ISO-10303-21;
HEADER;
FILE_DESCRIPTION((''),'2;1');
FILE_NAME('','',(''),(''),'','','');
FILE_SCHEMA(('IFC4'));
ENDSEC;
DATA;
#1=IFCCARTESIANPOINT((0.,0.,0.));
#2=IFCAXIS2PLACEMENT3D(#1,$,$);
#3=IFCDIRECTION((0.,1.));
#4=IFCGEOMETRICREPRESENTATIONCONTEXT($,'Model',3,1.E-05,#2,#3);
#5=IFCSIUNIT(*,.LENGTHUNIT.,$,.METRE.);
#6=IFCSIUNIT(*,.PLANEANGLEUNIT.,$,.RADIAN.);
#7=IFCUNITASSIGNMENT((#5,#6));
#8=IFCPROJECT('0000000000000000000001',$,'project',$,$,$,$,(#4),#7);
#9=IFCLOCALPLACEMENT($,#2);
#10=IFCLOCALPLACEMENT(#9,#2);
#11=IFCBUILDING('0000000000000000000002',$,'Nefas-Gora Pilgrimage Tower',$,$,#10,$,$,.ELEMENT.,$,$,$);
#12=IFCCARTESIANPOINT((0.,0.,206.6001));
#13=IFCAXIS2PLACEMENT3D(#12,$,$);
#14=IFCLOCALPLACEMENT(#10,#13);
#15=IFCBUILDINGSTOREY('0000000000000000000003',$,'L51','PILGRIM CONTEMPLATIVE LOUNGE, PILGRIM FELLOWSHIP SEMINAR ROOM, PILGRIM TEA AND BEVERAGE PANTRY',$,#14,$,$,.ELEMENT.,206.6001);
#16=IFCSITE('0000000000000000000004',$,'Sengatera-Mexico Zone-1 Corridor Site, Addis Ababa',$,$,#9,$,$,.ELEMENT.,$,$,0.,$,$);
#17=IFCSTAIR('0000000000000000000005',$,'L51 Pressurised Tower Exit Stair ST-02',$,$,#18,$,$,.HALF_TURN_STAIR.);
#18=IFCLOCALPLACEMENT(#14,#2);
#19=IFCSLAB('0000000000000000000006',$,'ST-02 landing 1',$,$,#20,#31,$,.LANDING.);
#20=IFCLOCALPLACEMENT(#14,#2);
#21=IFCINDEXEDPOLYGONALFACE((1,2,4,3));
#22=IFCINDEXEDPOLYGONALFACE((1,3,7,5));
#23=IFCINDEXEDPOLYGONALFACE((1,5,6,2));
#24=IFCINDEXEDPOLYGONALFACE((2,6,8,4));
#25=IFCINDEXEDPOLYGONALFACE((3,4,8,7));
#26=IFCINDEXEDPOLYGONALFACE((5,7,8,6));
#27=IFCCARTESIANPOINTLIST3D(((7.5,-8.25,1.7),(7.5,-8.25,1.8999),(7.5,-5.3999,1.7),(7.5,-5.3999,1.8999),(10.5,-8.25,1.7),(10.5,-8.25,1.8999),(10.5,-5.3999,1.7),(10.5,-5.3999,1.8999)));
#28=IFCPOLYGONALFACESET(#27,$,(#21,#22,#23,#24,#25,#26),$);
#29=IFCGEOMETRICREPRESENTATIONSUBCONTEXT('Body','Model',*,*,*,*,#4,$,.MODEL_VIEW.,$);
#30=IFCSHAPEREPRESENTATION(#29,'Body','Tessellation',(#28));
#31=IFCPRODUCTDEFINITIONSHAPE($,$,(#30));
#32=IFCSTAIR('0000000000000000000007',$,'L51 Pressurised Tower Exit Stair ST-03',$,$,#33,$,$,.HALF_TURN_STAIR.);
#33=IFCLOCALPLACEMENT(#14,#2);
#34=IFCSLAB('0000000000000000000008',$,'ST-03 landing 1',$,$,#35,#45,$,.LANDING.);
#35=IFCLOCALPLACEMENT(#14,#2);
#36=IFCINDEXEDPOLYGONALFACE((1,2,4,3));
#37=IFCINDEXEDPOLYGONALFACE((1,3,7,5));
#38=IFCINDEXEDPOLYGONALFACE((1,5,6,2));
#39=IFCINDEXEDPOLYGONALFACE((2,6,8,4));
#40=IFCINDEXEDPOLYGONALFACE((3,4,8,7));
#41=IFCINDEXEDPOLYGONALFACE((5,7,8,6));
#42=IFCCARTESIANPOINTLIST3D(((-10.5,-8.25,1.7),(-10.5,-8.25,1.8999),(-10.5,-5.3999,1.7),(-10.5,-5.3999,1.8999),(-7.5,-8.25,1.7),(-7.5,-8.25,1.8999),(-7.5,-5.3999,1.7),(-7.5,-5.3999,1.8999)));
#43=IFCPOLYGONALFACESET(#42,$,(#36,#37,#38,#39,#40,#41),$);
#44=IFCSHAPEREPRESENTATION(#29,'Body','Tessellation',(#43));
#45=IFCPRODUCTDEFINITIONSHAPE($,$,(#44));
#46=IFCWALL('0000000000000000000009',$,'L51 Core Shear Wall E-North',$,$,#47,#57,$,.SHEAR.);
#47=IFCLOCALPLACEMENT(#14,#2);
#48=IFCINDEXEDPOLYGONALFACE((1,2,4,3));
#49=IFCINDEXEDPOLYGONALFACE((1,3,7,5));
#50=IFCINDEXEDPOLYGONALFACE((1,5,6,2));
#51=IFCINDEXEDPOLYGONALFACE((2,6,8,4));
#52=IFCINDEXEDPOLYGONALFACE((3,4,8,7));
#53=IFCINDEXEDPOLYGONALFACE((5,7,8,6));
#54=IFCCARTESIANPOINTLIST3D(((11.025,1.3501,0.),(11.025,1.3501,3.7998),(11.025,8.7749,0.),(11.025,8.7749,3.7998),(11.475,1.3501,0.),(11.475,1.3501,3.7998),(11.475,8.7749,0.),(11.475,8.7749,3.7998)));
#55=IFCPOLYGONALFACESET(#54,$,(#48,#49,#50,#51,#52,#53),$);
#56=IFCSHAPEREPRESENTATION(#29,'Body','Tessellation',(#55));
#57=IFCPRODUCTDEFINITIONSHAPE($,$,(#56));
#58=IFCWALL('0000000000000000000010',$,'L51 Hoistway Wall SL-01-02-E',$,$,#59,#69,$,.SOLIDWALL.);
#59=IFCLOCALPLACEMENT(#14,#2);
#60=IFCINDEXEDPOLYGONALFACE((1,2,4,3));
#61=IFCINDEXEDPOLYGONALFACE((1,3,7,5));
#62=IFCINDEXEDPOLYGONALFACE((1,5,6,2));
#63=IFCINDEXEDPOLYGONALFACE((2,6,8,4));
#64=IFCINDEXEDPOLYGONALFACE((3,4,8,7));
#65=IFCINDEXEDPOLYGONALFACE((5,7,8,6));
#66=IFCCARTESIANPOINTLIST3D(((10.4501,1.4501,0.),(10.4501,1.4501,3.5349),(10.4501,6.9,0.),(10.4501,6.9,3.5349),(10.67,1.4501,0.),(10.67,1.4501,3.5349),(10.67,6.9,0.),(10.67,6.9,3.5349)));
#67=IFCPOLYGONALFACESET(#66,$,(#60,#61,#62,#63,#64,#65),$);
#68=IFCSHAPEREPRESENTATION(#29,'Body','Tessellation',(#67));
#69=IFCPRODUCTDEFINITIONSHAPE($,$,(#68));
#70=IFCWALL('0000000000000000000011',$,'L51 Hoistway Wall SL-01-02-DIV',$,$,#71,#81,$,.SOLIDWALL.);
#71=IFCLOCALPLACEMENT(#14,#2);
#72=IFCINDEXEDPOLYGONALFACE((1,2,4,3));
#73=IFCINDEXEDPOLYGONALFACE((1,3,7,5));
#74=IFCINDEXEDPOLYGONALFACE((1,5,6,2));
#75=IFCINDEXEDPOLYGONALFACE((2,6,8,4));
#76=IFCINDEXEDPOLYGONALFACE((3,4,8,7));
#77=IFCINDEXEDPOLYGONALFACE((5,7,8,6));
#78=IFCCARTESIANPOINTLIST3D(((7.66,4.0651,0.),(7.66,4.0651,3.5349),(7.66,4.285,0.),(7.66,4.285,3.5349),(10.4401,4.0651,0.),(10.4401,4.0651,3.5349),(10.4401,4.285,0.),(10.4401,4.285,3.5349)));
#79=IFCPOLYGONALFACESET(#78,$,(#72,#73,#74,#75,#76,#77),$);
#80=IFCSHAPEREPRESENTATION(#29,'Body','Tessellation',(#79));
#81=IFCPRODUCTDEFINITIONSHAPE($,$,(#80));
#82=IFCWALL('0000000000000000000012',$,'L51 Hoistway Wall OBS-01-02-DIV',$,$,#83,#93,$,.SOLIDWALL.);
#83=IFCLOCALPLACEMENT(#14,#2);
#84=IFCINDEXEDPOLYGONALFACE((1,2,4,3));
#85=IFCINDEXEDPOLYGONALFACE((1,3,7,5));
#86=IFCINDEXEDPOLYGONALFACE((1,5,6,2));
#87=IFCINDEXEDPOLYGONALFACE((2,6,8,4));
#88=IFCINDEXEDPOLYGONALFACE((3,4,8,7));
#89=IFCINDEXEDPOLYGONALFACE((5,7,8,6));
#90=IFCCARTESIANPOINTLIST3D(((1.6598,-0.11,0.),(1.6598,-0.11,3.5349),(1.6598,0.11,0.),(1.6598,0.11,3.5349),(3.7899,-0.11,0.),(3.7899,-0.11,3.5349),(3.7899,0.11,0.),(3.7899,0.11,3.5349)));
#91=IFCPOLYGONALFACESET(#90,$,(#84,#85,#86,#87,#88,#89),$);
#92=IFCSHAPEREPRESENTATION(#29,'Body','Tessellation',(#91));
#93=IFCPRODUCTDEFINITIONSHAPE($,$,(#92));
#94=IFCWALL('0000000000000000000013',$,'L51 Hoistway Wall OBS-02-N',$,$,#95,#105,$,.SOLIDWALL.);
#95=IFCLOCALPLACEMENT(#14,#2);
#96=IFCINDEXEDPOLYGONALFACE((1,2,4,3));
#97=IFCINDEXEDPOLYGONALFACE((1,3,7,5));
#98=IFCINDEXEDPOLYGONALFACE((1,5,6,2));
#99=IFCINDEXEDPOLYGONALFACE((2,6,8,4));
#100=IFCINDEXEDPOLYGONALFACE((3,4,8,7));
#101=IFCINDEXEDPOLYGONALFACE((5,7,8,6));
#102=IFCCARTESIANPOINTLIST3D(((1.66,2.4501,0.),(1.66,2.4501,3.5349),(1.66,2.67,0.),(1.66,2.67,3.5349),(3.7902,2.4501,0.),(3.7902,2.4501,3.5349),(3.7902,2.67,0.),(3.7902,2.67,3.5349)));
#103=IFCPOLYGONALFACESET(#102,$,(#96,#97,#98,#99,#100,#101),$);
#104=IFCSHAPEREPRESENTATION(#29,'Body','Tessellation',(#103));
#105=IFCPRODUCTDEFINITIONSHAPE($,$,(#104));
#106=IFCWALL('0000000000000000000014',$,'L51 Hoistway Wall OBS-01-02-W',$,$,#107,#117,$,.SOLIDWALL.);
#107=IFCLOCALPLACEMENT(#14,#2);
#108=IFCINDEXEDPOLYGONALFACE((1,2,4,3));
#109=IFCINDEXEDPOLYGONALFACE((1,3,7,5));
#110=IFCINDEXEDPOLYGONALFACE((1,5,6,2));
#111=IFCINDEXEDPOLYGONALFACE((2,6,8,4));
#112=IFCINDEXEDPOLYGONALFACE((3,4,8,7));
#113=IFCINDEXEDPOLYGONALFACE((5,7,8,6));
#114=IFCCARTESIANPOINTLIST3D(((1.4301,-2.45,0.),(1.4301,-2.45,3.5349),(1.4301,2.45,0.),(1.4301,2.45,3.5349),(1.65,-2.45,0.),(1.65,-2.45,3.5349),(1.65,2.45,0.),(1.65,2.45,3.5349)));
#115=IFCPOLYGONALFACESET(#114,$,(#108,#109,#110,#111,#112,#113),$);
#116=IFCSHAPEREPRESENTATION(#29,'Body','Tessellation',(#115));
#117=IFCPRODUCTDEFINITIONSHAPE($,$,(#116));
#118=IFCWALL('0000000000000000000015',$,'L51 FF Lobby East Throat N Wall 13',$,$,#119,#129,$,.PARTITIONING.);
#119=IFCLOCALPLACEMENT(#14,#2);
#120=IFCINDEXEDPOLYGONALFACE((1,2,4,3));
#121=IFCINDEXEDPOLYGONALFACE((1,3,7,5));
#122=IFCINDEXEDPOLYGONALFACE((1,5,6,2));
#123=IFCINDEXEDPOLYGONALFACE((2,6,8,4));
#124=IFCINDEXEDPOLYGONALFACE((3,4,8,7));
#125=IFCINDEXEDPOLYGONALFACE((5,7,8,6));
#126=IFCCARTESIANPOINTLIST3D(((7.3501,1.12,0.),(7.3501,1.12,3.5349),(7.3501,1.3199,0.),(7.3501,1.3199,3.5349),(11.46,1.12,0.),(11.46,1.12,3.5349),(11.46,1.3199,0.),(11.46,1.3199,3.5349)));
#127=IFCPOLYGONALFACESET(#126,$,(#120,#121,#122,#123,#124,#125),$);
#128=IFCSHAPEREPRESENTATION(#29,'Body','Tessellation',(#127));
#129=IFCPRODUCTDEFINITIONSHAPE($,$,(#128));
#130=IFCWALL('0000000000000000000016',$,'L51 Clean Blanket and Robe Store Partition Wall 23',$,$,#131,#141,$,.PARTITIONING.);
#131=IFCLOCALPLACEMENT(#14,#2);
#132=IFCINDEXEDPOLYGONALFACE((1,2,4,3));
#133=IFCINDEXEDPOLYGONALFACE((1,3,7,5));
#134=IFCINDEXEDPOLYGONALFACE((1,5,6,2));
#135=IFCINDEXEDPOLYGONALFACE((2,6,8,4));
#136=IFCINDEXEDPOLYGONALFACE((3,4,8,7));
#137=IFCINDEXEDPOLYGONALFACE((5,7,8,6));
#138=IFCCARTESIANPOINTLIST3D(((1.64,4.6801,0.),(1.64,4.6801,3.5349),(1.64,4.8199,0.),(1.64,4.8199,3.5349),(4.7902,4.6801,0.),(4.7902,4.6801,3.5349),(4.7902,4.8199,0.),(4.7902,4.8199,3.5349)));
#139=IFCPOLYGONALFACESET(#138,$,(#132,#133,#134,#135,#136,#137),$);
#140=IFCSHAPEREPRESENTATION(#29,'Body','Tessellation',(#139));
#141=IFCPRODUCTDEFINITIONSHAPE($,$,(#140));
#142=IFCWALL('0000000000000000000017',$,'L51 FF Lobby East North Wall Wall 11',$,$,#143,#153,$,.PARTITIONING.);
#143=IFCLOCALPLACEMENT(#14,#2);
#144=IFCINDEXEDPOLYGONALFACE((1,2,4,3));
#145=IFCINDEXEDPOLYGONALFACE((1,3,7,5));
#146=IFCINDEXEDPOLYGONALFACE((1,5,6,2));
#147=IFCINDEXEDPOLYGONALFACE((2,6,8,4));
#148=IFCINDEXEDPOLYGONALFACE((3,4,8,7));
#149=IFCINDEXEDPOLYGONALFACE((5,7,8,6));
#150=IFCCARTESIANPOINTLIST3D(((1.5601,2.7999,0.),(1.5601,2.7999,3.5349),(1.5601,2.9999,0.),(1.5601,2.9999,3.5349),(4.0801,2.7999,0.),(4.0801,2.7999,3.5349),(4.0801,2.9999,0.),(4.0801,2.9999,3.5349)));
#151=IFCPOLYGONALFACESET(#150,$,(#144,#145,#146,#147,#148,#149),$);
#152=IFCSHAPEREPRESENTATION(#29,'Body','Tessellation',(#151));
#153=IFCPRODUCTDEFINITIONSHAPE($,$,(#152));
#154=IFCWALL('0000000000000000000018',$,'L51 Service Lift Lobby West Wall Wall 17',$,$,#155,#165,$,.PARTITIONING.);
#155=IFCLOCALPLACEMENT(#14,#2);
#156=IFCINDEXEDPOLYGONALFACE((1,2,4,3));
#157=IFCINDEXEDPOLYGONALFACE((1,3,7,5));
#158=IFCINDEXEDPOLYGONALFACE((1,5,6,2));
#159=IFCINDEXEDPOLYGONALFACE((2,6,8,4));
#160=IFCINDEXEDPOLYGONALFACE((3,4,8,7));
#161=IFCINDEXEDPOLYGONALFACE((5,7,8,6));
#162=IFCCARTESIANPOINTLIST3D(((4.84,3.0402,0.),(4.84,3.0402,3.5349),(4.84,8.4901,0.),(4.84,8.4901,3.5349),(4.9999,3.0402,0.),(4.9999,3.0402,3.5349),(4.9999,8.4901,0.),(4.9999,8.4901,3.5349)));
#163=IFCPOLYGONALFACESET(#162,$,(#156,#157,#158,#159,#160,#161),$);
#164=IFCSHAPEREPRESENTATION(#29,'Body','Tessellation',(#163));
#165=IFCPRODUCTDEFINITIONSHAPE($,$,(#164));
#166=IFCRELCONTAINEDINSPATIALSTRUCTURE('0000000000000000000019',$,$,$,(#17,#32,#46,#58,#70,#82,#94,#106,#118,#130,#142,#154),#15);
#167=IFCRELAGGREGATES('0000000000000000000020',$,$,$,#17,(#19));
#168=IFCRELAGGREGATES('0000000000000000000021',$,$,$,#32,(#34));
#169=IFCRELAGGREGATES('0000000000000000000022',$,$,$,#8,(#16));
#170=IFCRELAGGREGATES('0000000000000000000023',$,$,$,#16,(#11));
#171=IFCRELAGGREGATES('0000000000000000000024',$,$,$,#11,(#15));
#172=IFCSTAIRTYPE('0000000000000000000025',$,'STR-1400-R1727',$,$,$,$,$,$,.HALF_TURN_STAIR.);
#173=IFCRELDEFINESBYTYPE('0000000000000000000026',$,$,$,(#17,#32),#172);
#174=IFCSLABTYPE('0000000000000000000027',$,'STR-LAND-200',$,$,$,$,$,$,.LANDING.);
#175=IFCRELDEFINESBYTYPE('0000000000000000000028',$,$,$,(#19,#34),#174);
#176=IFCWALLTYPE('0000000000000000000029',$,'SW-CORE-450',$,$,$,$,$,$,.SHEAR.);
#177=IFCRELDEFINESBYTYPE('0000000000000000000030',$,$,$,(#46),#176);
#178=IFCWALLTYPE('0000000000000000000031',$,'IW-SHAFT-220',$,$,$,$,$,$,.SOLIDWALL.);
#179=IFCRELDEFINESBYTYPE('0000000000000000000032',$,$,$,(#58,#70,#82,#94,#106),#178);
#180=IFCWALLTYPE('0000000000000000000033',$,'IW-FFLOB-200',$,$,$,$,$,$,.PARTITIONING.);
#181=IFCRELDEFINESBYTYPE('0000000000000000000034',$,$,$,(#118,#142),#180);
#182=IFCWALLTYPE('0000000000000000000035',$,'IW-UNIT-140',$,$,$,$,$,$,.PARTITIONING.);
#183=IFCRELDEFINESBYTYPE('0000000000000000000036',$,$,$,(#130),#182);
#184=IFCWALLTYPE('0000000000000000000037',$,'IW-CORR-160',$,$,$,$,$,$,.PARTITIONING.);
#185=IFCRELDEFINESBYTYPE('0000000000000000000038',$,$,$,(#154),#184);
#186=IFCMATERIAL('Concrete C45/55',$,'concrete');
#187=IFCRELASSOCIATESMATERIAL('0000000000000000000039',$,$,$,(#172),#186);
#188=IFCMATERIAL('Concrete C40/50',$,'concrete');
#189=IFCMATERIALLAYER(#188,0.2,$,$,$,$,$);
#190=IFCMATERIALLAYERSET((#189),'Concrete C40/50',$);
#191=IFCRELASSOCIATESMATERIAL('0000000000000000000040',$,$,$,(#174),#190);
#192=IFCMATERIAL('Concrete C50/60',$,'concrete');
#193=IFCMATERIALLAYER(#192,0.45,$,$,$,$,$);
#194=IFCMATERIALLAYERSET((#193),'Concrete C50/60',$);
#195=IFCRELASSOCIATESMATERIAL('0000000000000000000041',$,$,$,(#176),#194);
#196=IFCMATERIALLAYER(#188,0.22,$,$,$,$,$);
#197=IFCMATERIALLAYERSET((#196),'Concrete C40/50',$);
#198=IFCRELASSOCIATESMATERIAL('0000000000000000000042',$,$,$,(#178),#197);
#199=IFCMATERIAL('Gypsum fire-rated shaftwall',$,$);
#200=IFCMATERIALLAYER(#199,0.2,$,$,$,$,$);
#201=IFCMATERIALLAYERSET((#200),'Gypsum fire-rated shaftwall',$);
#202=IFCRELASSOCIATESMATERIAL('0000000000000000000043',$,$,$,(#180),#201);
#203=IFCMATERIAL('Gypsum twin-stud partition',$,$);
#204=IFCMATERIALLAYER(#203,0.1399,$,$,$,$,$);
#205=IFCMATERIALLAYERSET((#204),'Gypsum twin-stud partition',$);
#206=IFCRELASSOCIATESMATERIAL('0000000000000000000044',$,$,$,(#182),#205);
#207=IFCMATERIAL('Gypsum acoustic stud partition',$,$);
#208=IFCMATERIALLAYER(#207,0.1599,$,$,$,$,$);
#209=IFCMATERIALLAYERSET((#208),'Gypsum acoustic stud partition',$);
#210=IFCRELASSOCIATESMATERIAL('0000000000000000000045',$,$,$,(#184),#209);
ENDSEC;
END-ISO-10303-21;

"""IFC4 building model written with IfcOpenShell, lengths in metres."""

from ifc_helpers import new_model, si_unit, direction, frame, frame_2d, origin, place, context, subcontext, project, spatial, polyline, rectangle, outline, extrude, source, transform, mapped, material, layer, layer_set, type_object, element, aggregate, save


model = new_model("IFC4")

# Units and contexts
model_context = context("Model", 3, precision=1e-05, world=origin(), true_north=direction((0.0, 1.0)))
body_context = subcontext(model_context, "Body", "Model", "MODEL_VIEW")
ifc_project = project(units=[si_unit("LENGTHUNIT", "METRE"), si_unit("PLANEANGLEUNIT", "RADIAN")], contexts=[model_context])

# Site, building, storey
site_placement = place(None, origin())
site = spatial("IfcSite", under=ifc_project, at=site_placement, Name="Sengatera-Mexico Zone-1 Corridor Site, Addis Ababa", CompositionType="ELEMENT", RefElevation=0.0)
building_placement = place(site_placement, origin())
building = spatial("IfcBuilding", under=site, at=building_placement, Name="Nefas-Gora Pilgrimage Tower", CompositionType="ELEMENT")
storey_placement = place(building_placement, frame((0.0, 0.0, 206.6001)))
storey = spatial("IfcBuildingStorey", under=building, at=storey_placement, Name="L51", Description="PILGRIM CONTEMPLATIVE LOUNGE, PILGRIM FELLOWSHIP SEMINAR ROOM, PILGRIM TEA AND BEVERAGE PANTRY", CompositionType="ELEMENT", Elevation=206.6001)

# Stairs, slabs
ifc_material_1 = material(Name="Concrete C45/55", Category="concrete")
stair_type = type_object("IfcStairType", Name="STR-1400-R1727", PredefinedType="HALF_TURN_STAIR", material=ifc_material_1)
stair_1_placement = place(storey_placement, origin())
stair_1 = element("IfcStair", 1, at=stair_1_placement, inside=storey, type_object=stair_type, Name="L51 Pressurised Tower Exit Stair ST-02", PredefinedType="HALF_TURN_STAIR")
ifc_material_2 = material(Name="Concrete C40/50", Category="concrete")
ifc_layer_1 = layer(ifc_material_2, 0.2)
ifc_layer_set_1 = layer_set([ifc_layer_1], Name="Concrete C40/50")
slab_type = type_object("IfcSlabType", Name="STR-LAND-200", PredefinedType="LANDING", material=ifc_layer_set_1)
slab_1_placement = place(storey_placement, frame((0.0, 0.0, 1.7)))
slab_1 = element("IfcSlab", 2, at=slab_1_placement, type_object=slab_type, Name="ST-02 landing 1", PredefinedType="LANDING", context=body_context, shape_type="SweptSolid", body=[
    extrude(outline(polyline([(7.5, -5.3999), (7.5, -8.25), (10.5, -8.25), (10.5, -5.3999), (7.5, -5.3999)])), origin(), (0.0, 0.0, 1.0), 0.2),
])
aggregate(stair_1, [slab_1])
stair_2_placement = place(storey_placement, origin())
stair_2 = element("IfcStair", 3, at=stair_2_placement, inside=storey, type_object=stair_type, Name="L51 Pressurised Tower Exit Stair ST-03", PredefinedType="HALF_TURN_STAIR")
slab_2_placement = place(storey_placement, frame((0.0, 0.0, 1.7)))
slab_2 = element("IfcSlab", 4, at=slab_2_placement, type_object=slab_type, Name="ST-03 landing 1", PredefinedType="LANDING", context=body_context, shape_type="SweptSolid", body=[
    extrude(outline(polyline([(-10.5, -5.3999), (-10.5, -8.25), (-7.5, -8.25), (-7.5, -5.3999), (-10.5, -5.3999)])), origin(), (0.0, 0.0, 1.0), 0.2),
])
aggregate(stair_2, [slab_2])

# Walls
ifc_material_3 = material(Name="Concrete C50/60", Category="concrete")
ifc_layer_2 = layer(ifc_material_3, 0.45)
ifc_layer_set_2 = layer_set([ifc_layer_2], Name="Concrete C50/60")
wall_type_1 = type_object("IfcWallType", Name="SW-CORE-450", PredefinedType="SHEAR", material=ifc_layer_set_2)
shared_shape_1 = source(origin(), body_context, "Body", "SweptSolid", [
    extrude(rectangle(XDim=7.4248, YDim=0.45, at=frame_2d((3.7124, 0.0))), origin(), (0.0, 0.0, 1.0), 3.7998),
])
wall_1_placement = place(storey_placement, frame((11.25, 1.3501, 0.0), z_axis=(0.0, 0.0, 1.0), x_axis=(0.0, 1.0, 0.0)))
element("IfcWall", 5, at=wall_1_placement, inside=storey, type_object=wall_type_1, Name="L51 Core Shear Wall E-North", PredefinedType="SHEAR", context=body_context, shape_type="MappedRepresentation", body=[
    mapped(shared_shape_1, transform((0.0, 0.0, 0.0), x_axis=(1.0, 0.0, 0.0), y_axis=(0.0, 1.0, 0.0), z_axis=(0.0, 0.0, 1.0), scale=1.0)),
])
ifc_layer_3 = layer(ifc_material_2, 0.22)
ifc_layer_set_3 = layer_set([ifc_layer_3], Name="Concrete C40/50")
wall_type_2 = type_object("IfcWallType", Name="IW-SHAFT-220", PredefinedType="SOLIDWALL", material=ifc_layer_set_3)
shared_shape_2 = source(origin(), body_context, "Body", "SweptSolid", [
    extrude(rectangle(XDim=5.45, YDim=0.22, at=frame_2d((2.7251, 0.0))), origin(), (0.0, 0.0, 1.0), 3.5349),
])
wall_2_placement = place(storey_placement, frame((10.5601, 1.45, 0.0), z_axis=(0.0, 0.0, 1.0), x_axis=(0.0, 1.0, 0.0)))
element("IfcWall", 6, at=wall_2_placement, inside=storey, type_object=wall_type_2, Name="L51 Hoistway Wall SL-01-02-E", PredefinedType="SOLIDWALL", context=body_context, shape_type="MappedRepresentation", body=[
    mapped(shared_shape_2, transform((0.0, 0.0, 0.0), x_axis=(1.0, 0.0, 0.0), y_axis=(0.0, 1.0, 0.0), z_axis=(0.0, 0.0, 1.0), scale=1.0)),
])
shared_shape_3 = source(origin(), body_context, "Body", "SweptSolid", [
    extrude(rectangle(XDim=2.78, YDim=0.22, at=frame_2d((1.3901, 0.0))), origin(), (0.0, 0.0, 1.0), 3.5349),
])
wall_3_placement = place(storey_placement, frame((7.6599, 4.175, 0.0), z_axis=(0.0, 0.0, 1.0), x_axis=(1.0, 0.0, 0.0)))
element("IfcWall", 7, at=wall_3_placement, inside=storey, type_object=wall_type_2, Name="L51 Hoistway Wall SL-01-02-DIV", PredefinedType="SOLIDWALL", context=body_context, shape_type="MappedRepresentation", body=[
    mapped(shared_shape_3, transform((0.0, 0.0, 0.0), x_axis=(1.0, 0.0, 0.0), y_axis=(0.0, 1.0, 0.0), z_axis=(0.0, 0.0, 1.0), scale=1.0)),
])
shared_shape_4 = source(origin(), body_context, "Body", "SweptSolid", [
    extrude(rectangle(XDim=2.1301, YDim=0.22, at=frame_2d((1.0649, 0.0))), origin(), (0.0, 0.0, 1.0), 3.5349),
])
for number, where, z_axis, x_axis, name in (
    (8, (1.6599, 0.0, 0.0), (0.0, 0.0, 1.0), (1.0, 0.0, 0.0), "L51 Hoistway Wall OBS-01-02-DIV"),
    (9, (3.79, 2.5601, 0.0), (0.0, 0.0, 1.0), (-1.0, 0.0, 0.0), "L51 Hoistway Wall OBS-02-N"),
):
    element("IfcWall", number, at=place(storey_placement, frame(where, z_axis=z_axis, x_axis=x_axis)), inside=storey, type_object=wall_type_2, Name=name, PredefinedType="SOLIDWALL", context=body_context, shape_type="MappedRepresentation", body=[
        mapped(shared_shape_4, transform((0.0, 0.0, 0.0), x_axis=(1.0, 0.0, 0.0), y_axis=(0.0, 1.0, 0.0), z_axis=(0.0, 0.0, 1.0), scale=1.0)),
    ])
shared_shape_5 = source(origin(), body_context, "Body", "SweptSolid", [
    extrude(rectangle(XDim=4.8999, YDim=0.22, at=frame_2d((2.45, 0.0))), origin(), (0.0, 0.0, 1.0), 3.5349),
])
wall_4_placement = place(storey_placement, frame((1.54, 2.45, 0.0), z_axis=(0.0, 0.0, 1.0), x_axis=(0.0, -1.0, 0.0)))
element("IfcWall", 10, at=wall_4_placement, inside=storey, type_object=wall_type_2, Name="L51 Hoistway Wall OBS-01-02-W", PredefinedType="SOLIDWALL", context=body_context, shape_type="MappedRepresentation", body=[
    mapped(shared_shape_5, transform((0.0, 0.0, 0.0), x_axis=(1.0, 0.0, 0.0), y_axis=(0.0, 1.0, 0.0), z_axis=(0.0, 0.0, 1.0), scale=1.0)),
])

# Shared definitions
ifc_material_4 = material(Name="Gypsum fire-rated shaftwall")
ifc_layer_4 = layer(ifc_material_4, 0.2)
ifc_layer_set_4 = layer_set([ifc_layer_4], Name="Gypsum fire-rated shaftwall")
wall_type_3 = type_object("IfcWallType", Name="IW-FFLOB-200", PredefinedType="PARTITIONING", material=ifc_layer_set_4)

# Walls
shared_shape_6 = source(origin(), body_context, "Body", "SweptSolid", [
    extrude(rectangle(XDim=4.1099, YDim=0.2, at=frame_2d((2.0549, 0.0))), origin(), (0.0, 0.0, 1.0), 3.5349),
])
wall_5_placement = place(storey_placement, frame((7.3501, 1.22, 0.0), z_axis=(0.0, 0.0, 1.0), x_axis=(1.0, 0.0, 0.0)))
element("IfcWall", 11, at=wall_5_placement, inside=storey, type_object=wall_type_3, Name="L51 FF Lobby East Throat N Wall 13", PredefinedType="PARTITIONING", context=body_context, shape_type="MappedRepresentation", body=[
    mapped(shared_shape_6, transform((0.0, 0.0, 0.0), x_axis=(1.0, 0.0, 0.0), y_axis=(0.0, 1.0, 0.0), z_axis=(0.0, 0.0, 1.0), scale=1.0)),
])
ifc_material_5 = material(Name="Gypsum twin-stud partition")
ifc_layer_5 = layer(ifc_material_5, 0.1399)
ifc_layer_set_5 = layer_set([ifc_layer_5], Name="Gypsum twin-stud partition")
wall_type_4 = type_object("IfcWallType", Name="IW-UNIT-140", PredefinedType="PARTITIONING", material=ifc_layer_set_5)
shared_shape_7 = source(origin(), body_context, "Body", "SweptSolid", [
    extrude(rectangle(XDim=3.1501, YDim=0.1399, at=frame_2d((1.5752, 0.0))), origin(), (0.0, 0.0, 1.0), 3.5349),
])
wall_6_placement = place(storey_placement, frame((1.6399, 4.75, 0.0), z_axis=(0.0, 0.0, 1.0), x_axis=(1.0, 0.0, 0.0)))
element("IfcWall", 12, at=wall_6_placement, inside=storey, type_object=wall_type_4, Name="L51 Clean Blanket and Robe Store Partition Wall 23", PredefinedType="PARTITIONING", context=body_context, shape_type="MappedRepresentation", body=[
    mapped(shared_shape_7, transform((0.0, 0.0, 0.0), x_axis=(1.0, 0.0, 0.0), y_axis=(0.0, 1.0, 0.0), z_axis=(0.0, 0.0, 1.0), scale=1.0)),
])
shared_shape_8 = source(origin(), body_context, "Body", "SweptSolid", [
    extrude(rectangle(XDim=2.52, YDim=0.2, at=frame_2d((1.26, 0.0))), origin(), (0.0, 0.0, 1.0), 3.5349),
])
wall_7_placement = place(storey_placement, frame((1.5601, 2.8999, 0.0), z_axis=(0.0, 0.0, 1.0), x_axis=(1.0, 0.0, 0.0)))
element("IfcWall", 13, at=wall_7_placement, inside=storey, type_object=wall_type_3, Name="L51 FF Lobby East North Wall Wall 11", PredefinedType="PARTITIONING", context=body_context, shape_type="MappedRepresentation", body=[
    mapped(shared_shape_8, transform((0.0, 0.0, 0.0), x_axis=(1.0, 0.0, 0.0), y_axis=(0.0, 1.0, 0.0), z_axis=(0.0, 0.0, 1.0), scale=1.0)),
])
ifc_material_6 = material(Name="Gypsum acoustic stud partition")
ifc_layer_6 = layer(ifc_material_6, 0.1599)
ifc_layer_set_6 = layer_set([ifc_layer_6], Name="Gypsum acoustic stud partition")
wall_type_5 = type_object("IfcWallType", Name="IW-CORR-160", PredefinedType="PARTITIONING", material=ifc_layer_set_6)
shared_shape_9 = source(origin(), body_context, "Body", "SweptSolid", [
    extrude(rectangle(XDim=5.45, YDim=0.1599, at=frame_2d((2.7251, 0.0))), origin(), (0.0, 0.0, 1.0), 3.5349),
])
wall_8_placement = place(storey_placement, frame((4.9199, 3.04, 0.0), z_axis=(0.0, 0.0, 1.0), x_axis=(0.0, 1.0, 0.0)))
element("IfcWall", 14, at=wall_8_placement, inside=storey, type_object=wall_type_5, Name="L51 Service Lift Lobby West Wall Wall 17", PredefinedType="PARTITIONING", context=body_context, shape_type="MappedRepresentation", body=[
    mapped(shared_shape_9, transform((0.0, 0.0, 0.0), x_axis=(1.0, 0.0, 0.0), y_axis=(0.0, 1.0, 0.0), z_axis=(0.0, 0.0, 1.0), scale=1.0)),
])

save(model, "model.ifc")
